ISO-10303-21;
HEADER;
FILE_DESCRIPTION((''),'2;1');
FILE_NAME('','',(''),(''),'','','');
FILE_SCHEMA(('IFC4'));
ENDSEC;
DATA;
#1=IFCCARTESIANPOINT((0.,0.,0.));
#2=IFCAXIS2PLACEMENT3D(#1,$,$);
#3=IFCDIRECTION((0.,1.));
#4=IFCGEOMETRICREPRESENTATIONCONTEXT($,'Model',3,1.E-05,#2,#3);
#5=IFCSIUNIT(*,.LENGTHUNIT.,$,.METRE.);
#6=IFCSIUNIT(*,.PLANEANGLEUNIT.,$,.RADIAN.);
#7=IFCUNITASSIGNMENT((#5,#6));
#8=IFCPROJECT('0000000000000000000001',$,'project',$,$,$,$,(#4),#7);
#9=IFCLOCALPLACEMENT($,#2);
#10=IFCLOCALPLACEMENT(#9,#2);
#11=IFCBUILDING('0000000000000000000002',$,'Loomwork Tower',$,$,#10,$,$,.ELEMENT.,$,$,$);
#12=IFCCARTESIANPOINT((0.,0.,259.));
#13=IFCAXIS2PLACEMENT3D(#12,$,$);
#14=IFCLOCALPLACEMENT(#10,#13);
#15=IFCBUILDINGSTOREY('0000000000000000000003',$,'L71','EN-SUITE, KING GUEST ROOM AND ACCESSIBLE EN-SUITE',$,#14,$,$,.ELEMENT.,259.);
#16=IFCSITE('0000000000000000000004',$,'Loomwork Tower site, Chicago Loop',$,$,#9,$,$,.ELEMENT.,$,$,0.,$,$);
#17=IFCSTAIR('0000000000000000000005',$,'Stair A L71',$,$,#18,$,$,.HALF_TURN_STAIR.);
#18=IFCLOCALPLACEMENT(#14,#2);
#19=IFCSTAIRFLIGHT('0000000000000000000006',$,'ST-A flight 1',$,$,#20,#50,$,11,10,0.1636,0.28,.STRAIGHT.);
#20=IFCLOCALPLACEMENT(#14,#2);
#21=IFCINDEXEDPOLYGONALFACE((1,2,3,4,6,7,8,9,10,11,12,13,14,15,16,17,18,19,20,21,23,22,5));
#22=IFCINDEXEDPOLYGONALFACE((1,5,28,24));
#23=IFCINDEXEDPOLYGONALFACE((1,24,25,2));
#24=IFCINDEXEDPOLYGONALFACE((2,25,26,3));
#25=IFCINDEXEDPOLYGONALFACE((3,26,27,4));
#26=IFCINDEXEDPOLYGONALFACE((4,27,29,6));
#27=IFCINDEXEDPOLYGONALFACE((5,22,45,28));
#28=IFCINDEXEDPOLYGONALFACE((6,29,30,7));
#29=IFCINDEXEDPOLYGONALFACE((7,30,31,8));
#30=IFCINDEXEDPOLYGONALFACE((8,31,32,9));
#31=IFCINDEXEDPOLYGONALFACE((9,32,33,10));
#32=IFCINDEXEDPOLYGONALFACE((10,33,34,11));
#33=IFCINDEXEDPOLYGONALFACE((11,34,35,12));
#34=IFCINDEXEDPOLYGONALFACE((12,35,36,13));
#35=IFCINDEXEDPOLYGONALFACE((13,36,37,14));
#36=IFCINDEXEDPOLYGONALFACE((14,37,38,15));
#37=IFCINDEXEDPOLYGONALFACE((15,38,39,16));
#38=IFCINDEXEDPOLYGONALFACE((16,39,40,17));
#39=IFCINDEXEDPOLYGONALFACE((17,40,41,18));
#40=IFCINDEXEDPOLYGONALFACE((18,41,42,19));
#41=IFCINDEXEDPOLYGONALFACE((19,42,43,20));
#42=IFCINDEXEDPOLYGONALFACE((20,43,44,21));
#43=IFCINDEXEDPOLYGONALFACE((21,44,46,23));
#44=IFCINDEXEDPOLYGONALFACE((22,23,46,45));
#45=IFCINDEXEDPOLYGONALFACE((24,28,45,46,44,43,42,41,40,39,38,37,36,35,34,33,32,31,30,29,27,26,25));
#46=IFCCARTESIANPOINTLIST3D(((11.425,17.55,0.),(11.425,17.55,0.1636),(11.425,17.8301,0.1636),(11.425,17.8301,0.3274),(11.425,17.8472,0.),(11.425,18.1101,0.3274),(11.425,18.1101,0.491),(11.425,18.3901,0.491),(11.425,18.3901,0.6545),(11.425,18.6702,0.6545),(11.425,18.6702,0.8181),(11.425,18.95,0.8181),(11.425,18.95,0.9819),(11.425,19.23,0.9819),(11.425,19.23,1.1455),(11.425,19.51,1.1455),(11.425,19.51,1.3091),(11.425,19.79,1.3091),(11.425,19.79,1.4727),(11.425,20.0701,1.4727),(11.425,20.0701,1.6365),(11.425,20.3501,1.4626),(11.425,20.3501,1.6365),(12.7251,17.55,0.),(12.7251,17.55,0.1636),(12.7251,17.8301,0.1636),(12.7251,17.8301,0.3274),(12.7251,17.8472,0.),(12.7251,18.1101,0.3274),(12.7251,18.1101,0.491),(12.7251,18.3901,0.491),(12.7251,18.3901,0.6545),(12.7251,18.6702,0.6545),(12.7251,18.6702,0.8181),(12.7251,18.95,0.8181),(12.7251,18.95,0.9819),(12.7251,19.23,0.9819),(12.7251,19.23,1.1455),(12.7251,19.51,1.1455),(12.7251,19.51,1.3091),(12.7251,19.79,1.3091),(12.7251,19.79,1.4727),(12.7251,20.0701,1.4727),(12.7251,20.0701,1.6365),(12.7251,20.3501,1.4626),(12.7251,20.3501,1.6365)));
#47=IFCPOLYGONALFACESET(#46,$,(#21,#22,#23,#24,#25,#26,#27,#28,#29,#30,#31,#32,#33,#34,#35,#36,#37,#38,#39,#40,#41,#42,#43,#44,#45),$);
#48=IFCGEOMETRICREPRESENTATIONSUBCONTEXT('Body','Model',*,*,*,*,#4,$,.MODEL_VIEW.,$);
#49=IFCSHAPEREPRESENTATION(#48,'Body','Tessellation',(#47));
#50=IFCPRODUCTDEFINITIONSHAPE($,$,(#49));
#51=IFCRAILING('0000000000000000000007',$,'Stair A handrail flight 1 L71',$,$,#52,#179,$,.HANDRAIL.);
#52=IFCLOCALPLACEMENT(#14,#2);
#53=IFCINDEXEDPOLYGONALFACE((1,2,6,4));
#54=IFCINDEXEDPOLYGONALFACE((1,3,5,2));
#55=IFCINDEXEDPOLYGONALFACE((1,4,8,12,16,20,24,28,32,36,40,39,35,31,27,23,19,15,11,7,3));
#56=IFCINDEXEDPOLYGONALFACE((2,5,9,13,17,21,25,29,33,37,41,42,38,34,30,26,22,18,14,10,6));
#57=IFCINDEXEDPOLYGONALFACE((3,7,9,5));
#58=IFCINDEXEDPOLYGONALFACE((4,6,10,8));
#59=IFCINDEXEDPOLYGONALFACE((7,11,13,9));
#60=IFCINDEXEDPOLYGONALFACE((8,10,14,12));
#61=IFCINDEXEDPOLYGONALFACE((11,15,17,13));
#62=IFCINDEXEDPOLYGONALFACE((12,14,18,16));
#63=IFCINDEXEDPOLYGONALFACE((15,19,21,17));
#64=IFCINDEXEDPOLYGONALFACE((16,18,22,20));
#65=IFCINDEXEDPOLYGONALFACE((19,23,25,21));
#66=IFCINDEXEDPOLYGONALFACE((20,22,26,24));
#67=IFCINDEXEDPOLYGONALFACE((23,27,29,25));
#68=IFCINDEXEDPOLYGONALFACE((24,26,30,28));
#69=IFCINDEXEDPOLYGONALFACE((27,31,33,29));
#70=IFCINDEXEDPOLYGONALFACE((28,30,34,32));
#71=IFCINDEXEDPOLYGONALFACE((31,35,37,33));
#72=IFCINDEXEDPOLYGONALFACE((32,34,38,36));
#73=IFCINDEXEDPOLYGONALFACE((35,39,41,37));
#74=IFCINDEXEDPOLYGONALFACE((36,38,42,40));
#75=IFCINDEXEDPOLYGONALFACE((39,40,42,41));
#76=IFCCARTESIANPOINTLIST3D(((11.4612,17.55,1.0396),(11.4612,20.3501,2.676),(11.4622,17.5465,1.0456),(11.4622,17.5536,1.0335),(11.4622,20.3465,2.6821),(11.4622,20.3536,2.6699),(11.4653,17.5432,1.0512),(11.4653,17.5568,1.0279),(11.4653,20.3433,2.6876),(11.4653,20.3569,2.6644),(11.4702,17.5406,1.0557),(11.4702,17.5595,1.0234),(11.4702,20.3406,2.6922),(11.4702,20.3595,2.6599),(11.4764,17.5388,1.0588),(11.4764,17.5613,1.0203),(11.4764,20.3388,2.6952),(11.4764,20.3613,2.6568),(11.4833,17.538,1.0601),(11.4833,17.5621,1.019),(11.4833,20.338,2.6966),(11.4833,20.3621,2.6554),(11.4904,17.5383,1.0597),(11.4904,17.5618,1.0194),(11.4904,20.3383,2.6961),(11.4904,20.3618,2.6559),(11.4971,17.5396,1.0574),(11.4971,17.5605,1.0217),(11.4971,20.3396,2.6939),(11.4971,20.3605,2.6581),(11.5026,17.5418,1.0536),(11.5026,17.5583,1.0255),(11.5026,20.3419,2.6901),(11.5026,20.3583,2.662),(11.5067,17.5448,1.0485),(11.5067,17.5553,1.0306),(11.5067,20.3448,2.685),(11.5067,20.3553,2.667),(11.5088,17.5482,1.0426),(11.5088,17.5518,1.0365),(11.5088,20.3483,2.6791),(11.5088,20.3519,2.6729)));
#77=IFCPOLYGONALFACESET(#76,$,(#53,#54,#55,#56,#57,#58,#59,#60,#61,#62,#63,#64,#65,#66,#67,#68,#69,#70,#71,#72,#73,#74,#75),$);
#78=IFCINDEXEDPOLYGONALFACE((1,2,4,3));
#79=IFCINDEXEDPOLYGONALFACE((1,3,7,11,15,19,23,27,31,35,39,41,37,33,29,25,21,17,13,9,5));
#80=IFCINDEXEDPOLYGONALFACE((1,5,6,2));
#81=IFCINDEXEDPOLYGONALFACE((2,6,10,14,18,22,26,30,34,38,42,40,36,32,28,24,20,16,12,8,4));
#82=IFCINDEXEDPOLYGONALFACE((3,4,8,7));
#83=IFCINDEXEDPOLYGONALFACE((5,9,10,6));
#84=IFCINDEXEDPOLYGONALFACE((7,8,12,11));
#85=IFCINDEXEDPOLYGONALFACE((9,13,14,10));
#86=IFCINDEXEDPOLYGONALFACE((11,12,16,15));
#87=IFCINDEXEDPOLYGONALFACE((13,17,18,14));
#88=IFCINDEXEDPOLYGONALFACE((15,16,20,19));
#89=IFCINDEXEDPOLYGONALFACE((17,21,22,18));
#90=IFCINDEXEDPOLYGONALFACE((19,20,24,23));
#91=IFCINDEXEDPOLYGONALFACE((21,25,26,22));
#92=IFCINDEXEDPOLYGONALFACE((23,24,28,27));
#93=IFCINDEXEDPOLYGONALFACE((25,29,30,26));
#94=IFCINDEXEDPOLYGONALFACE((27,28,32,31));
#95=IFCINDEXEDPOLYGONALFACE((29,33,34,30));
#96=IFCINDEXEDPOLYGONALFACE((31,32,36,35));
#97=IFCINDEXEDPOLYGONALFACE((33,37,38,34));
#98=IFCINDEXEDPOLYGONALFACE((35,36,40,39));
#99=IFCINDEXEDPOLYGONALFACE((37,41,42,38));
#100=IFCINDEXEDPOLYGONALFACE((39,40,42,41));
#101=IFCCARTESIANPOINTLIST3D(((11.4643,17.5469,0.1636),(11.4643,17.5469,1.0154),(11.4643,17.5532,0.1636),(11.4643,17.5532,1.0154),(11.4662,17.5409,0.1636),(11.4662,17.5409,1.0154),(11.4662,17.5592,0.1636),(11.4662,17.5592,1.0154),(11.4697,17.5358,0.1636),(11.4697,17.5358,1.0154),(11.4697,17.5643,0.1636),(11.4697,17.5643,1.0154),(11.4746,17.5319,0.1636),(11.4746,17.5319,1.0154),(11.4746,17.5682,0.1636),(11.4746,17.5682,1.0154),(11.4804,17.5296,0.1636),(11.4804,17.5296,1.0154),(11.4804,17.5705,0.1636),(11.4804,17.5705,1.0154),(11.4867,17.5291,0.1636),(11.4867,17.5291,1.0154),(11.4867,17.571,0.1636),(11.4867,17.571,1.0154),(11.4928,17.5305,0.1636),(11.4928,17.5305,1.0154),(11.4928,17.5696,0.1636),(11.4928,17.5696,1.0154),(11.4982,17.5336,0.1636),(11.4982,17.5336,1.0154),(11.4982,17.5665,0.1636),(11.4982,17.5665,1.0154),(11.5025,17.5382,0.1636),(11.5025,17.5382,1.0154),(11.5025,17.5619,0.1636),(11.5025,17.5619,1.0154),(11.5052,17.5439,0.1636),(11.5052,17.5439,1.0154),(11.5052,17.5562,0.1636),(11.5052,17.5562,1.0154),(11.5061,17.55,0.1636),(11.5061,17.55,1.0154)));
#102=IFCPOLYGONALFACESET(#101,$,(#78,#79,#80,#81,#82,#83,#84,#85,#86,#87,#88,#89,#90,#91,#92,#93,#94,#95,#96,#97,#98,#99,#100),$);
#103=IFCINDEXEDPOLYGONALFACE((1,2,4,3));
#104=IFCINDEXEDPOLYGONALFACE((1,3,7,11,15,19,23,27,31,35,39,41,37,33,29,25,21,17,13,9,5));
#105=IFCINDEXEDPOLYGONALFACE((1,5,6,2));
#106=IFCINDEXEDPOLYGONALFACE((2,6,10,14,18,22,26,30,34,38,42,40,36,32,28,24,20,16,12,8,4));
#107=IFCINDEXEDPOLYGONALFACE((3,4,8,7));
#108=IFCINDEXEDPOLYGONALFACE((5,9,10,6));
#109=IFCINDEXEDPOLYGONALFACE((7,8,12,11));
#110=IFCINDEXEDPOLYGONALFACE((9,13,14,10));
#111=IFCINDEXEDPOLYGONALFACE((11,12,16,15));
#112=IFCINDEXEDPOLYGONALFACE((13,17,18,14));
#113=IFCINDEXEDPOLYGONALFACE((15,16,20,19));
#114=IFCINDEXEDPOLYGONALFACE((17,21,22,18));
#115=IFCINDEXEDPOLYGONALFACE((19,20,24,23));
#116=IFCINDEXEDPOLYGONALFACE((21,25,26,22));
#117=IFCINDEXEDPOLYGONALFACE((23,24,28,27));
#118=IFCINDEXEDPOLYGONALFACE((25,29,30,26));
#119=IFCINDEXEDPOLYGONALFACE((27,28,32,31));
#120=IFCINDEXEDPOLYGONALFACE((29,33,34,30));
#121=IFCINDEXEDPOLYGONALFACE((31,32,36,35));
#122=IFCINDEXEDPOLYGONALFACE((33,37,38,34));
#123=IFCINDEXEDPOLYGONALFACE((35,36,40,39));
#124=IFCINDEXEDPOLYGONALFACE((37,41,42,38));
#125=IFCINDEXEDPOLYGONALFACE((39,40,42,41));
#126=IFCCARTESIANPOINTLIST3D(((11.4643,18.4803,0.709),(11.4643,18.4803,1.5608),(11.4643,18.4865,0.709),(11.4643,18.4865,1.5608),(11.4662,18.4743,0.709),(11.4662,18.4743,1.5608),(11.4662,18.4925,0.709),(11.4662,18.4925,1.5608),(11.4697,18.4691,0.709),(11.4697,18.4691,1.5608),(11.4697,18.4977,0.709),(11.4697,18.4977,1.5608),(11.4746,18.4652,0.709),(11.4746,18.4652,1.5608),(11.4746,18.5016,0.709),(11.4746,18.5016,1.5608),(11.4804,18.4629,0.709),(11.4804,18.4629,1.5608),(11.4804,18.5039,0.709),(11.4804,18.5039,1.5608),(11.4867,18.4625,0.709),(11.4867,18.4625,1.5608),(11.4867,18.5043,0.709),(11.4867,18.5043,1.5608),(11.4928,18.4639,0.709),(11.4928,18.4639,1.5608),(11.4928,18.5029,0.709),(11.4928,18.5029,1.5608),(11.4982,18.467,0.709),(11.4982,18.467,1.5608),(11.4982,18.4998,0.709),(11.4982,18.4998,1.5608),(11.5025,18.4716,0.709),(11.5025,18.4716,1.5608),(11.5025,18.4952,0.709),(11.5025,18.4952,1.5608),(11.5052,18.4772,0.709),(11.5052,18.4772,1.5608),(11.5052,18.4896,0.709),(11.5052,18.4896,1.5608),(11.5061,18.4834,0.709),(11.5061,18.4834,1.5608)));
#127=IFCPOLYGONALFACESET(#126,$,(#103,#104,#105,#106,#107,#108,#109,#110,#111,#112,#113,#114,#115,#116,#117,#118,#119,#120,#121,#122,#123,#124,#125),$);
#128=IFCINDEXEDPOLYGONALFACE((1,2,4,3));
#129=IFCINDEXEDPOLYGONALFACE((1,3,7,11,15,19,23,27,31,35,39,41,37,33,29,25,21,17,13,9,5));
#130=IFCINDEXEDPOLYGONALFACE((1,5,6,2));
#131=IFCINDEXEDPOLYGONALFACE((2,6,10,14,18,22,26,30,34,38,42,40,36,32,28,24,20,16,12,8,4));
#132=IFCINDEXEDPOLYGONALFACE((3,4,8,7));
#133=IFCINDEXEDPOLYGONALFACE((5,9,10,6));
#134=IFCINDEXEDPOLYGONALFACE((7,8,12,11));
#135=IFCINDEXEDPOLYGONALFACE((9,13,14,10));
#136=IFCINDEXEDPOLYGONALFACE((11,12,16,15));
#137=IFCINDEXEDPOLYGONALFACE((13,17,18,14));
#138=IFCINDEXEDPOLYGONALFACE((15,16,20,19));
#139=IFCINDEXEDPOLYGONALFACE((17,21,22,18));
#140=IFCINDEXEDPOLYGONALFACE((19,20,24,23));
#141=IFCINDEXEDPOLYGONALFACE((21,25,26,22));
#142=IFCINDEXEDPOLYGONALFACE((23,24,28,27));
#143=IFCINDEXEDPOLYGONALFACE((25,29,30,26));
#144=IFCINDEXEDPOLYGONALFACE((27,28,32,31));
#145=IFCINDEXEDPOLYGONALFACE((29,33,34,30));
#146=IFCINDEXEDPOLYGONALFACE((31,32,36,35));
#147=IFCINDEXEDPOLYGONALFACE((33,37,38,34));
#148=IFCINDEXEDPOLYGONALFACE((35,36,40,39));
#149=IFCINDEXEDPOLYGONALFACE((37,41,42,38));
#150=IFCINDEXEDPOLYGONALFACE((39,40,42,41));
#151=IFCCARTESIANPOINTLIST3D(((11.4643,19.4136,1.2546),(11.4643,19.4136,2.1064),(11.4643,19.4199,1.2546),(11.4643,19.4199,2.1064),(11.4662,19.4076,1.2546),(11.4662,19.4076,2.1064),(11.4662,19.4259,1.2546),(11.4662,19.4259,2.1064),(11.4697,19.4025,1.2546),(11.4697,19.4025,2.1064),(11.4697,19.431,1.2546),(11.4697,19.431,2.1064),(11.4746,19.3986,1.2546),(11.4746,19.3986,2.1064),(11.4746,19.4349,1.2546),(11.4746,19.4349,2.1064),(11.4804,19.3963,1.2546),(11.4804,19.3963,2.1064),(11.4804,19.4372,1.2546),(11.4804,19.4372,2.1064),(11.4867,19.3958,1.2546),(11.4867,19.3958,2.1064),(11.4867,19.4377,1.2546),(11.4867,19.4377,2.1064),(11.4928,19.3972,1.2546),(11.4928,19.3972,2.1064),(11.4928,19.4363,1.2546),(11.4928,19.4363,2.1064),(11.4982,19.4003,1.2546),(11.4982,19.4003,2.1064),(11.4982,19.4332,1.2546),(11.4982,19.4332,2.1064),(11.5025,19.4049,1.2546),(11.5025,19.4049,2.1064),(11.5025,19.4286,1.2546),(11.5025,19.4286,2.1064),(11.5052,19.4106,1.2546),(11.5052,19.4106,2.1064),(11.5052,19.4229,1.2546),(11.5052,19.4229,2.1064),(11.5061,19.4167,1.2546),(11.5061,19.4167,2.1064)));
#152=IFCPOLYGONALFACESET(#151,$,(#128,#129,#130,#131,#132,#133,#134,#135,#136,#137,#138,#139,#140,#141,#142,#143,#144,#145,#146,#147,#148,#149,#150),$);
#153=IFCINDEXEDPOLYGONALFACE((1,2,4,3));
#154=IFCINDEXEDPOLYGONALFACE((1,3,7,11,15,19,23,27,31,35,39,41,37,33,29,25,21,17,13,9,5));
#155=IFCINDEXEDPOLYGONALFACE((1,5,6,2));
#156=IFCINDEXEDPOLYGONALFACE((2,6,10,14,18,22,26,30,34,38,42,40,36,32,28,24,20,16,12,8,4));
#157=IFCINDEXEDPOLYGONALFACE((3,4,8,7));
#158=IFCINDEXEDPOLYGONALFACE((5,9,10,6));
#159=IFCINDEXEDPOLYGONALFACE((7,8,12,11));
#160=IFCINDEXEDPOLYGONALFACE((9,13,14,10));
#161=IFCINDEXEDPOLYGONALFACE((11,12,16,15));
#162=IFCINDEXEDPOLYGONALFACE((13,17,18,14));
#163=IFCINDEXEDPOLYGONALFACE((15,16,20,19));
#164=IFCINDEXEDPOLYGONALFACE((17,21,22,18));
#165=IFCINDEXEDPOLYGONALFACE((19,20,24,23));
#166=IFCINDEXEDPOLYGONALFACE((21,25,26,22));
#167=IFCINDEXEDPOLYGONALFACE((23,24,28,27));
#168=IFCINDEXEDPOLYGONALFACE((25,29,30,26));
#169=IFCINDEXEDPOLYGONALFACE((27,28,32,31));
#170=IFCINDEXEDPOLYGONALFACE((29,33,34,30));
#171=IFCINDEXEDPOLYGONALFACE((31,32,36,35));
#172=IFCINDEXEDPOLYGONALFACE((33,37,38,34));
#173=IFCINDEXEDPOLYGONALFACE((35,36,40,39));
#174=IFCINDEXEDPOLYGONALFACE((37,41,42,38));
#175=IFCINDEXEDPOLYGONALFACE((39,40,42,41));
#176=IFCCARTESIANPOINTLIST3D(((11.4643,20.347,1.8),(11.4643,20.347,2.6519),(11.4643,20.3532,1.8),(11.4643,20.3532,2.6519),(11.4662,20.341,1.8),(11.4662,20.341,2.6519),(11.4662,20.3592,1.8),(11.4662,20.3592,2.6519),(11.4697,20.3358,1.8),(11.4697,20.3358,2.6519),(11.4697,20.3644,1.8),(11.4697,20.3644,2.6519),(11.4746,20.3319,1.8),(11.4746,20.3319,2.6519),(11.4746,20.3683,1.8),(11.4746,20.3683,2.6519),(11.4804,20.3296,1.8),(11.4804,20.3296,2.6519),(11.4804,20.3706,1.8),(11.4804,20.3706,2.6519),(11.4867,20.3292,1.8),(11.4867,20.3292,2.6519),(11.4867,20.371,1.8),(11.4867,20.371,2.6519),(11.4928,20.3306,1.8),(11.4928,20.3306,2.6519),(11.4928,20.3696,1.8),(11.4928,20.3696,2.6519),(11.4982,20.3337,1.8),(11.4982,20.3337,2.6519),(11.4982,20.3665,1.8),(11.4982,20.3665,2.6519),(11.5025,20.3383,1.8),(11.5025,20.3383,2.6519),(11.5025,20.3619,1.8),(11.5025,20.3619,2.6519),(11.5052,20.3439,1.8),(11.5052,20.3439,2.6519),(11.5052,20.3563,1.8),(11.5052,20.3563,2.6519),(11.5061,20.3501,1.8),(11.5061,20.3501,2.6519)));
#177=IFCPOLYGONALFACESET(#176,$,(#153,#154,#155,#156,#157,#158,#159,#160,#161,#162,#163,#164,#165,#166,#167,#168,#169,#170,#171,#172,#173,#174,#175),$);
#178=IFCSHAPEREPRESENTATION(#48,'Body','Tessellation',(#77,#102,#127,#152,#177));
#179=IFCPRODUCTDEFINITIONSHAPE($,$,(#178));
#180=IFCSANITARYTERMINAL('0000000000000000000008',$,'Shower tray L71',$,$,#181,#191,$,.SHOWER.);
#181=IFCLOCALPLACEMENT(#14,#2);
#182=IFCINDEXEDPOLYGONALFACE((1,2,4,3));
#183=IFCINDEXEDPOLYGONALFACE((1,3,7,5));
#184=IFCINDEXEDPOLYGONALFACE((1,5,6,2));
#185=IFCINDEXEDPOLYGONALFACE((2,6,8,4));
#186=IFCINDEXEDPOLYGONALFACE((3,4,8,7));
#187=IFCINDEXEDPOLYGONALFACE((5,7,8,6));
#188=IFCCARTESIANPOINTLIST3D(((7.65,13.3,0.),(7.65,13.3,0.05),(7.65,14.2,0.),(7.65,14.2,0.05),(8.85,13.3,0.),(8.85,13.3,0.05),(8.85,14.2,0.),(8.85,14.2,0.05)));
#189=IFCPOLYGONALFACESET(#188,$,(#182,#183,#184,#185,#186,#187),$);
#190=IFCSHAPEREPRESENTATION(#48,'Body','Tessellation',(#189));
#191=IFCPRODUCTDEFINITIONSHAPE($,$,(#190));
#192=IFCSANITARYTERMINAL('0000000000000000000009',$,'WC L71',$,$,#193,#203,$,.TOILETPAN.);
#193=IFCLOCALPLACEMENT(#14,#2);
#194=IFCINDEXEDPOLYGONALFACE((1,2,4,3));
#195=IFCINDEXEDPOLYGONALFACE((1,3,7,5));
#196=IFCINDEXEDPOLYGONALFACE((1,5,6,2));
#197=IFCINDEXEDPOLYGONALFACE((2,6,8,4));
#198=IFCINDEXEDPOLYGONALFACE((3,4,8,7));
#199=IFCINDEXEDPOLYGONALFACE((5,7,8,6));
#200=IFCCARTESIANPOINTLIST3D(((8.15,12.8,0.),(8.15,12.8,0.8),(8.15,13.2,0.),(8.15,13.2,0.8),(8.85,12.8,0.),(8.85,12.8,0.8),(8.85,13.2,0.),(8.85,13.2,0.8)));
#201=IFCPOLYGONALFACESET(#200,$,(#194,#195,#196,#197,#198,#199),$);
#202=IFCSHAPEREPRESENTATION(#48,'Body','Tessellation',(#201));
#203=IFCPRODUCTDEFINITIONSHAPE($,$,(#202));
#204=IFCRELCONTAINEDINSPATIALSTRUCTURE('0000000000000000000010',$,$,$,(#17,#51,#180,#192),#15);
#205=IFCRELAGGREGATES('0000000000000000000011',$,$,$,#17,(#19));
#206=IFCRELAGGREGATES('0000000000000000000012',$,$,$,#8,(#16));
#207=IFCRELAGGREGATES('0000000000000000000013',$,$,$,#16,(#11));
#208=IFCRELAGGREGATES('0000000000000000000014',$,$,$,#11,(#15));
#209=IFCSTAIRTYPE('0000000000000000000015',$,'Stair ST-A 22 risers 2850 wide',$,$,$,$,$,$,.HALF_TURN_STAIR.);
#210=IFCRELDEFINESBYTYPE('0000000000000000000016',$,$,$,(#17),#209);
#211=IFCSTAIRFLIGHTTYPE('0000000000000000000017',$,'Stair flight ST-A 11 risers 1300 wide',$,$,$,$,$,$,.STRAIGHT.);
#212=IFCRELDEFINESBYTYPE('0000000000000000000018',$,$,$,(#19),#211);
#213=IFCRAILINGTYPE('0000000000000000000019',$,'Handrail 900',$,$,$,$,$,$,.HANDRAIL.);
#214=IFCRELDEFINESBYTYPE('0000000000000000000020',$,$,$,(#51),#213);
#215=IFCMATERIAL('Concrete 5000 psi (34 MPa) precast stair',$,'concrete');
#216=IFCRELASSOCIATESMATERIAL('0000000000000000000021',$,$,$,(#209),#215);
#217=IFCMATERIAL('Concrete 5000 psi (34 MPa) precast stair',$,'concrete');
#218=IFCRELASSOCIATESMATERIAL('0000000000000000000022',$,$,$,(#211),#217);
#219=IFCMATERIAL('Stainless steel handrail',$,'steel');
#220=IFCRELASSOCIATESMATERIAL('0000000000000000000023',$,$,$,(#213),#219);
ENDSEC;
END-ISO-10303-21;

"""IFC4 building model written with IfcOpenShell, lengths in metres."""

from ifc_helpers import new_model, si_unit, direction, frame, origin, origin_2d, place, context, subcontext, project, spatial, polyline, rectangle, circle, outline, extrude, material, type_object, element, aggregate, save


model = new_model("IFC4")

# Units and contexts
model_context = context("Model", 3, precision=1e-05, world=origin(), true_north=direction((0.0, 1.0)))
body_context = subcontext(model_context, "Body", "Model", "MODEL_VIEW")
ifc_project = project(units=[si_unit("LENGTHUNIT", "METRE"), si_unit("PLANEANGLEUNIT", "RADIAN")], contexts=[model_context])

# Site, building, storey
site_placement = place(None, origin())
site = spatial("IfcSite", under=ifc_project, at=site_placement, Name="Loomwork Tower site, Chicago Loop", CompositionType="ELEMENT", RefElevation=0.0)
building_placement = place(site_placement, origin())
building = spatial("IfcBuilding", under=site, at=building_placement, Name="Loomwork Tower", CompositionType="ELEMENT")
storey_placement = place(building_placement, frame((0.0, 0.0, 259.0)))
storey = spatial("IfcBuildingStorey", under=building, at=storey_placement, Name="L71", Description="EN-SUITE, KING GUEST ROOM AND ACCESSIBLE EN-SUITE", CompositionType="ELEMENT", Elevation=259.0)

# Stair, stair flight
ifc_material_1 = material(Name="Concrete 5000 psi (34 MPa) precast stair", Category="concrete")
stair_type = type_object("IfcStairType", Name="Stair ST-A 22 risers 2850 wide", PredefinedType="HALF_TURN_STAIR", material=ifc_material_1)
stair_placement = place(storey_placement, origin())
stair = element("IfcStair", 1, at=stair_placement, inside=storey, type_object=stair_type, Name="Stair A L71", PredefinedType="HALF_TURN_STAIR")
ifc_material_2 = material(Name="Concrete 5000 psi (34 MPa) precast stair", Category="concrete")
stair_flight_type = type_object("IfcStairFlightType", Name="Stair flight ST-A 11 risers 1300 wide", PredefinedType="STRAIGHT", material=ifc_material_2)
stair_flight_placement = place(storey_placement, frame((12.075, 17.55, 0.0), z_axis=(0.0, 0.0, 1.0), x_axis=(0.0, 1.0, 0.0)))
stair_flight = element("IfcStairFlight", 2, at=stair_flight_placement, type_object=stair_flight_type, Name="ST-A flight 1", NumberOfRisers=11, NumberOfTreads=10, PredefinedType="STRAIGHT", RiserHeight=0.1636, TreadLength=0.28, context=body_context, shape_type="SweptSolid", body=[
    extrude(outline(polyline([(0.0, 0.0), (0.0, 0.1636), (0.28, 0.1636), (0.28, 0.3274), (0.5601, 0.3274), (0.5601, 0.491), (0.8401, 0.491), (0.8401, 0.6545), (1.1201, 0.6545), (1.1201, 0.8181), (1.3999, 0.8181), (1.3999, 0.9819), (1.6799, 0.9819), (1.6799, 1.1455), (1.96, 1.1455), (1.96, 1.3091), (2.24, 1.3091), (2.24, 1.4727), (2.52, 1.4727), (2.52, 1.6365), (2.8, 1.6365), (2.8, 1.8), (2.8, 1.4626), (0.2971, 0.0), (0.0, 0.0)])), frame((0.0, 0.6499, 0.0), z_axis=(0.0, -1.0, 0.0), x_axis=(1.0, 0.0, 0.0)), (0.0, 0.0, 1.0), 1.3),
])
aggregate(stair, [stair_flight])

# Railing
ifc_material_3 = material(Name="Stainless steel handrail", Category="steel")
railing_type = type_object("IfcRailingType", Name="Handrail 900", PredefinedType="HANDRAIL", material=ifc_material_3)
railing_placement = place(storey_placement, frame((11.4851, 17.55, 0.1636)))
element("IfcRailing", 3, at=railing_placement, inside=storey, type_object=railing_type, Name="Stair A handrail flight 1 L71", PredefinedType="HANDRAIL", context=body_context, shape_type="SweptSolid", body=[
    extrude(circle(Radius=0.0239, at=origin_2d()), frame((0.0, 0.0, 0.876), z_axis=(0.0, 0.863361, 0.504587), x_axis=(-1.0, 0.0, 0.0)), (0.0, 0.0, 1.0), 3.2432),
    extrude(circle(Radius=0.021, at=origin_2d()), origin(), (0.0, 0.0, 1.0), 0.8518),
    extrude(circle(Radius=0.021, at=origin_2d()), frame((0.0, 0.9333, 0.5454)), (0.0, 0.0, 1.0), 0.8518),
    extrude(circle(Radius=0.021, at=origin_2d()), frame((0.0, 1.8667, 1.0911)), (0.0, 0.0, 1.0), 0.8518),
    extrude(circle(Radius=0.021, at=origin_2d()), frame((0.0, 2.8, 1.6365)), (0.0, 0.0, 1.0), 0.8518),
])

# Sanitary terminals
sanitary_terminal_1_placement = place(storey_placement, frame((8.25, 13.75, 0.0), z_axis=(0.0, 0.0, 1.0), x_axis=(1.0, 0.0, 0.0)))
element("IfcSanitaryTerminal", 4, at=sanitary_terminal_1_placement, inside=storey, Name="Shower tray L71", PredefinedType="SHOWER", context=body_context, shape_type="SweptSolid", body=[
    extrude(rectangle(XDim=1.2, YDim=0.8999, at=origin_2d()), origin(), (0.0, 0.0, 1.0), 0.05),
])
sanitary_terminal_2_placement = place(storey_placement, frame((8.5, 13.0, 0.0), z_axis=(0.0, 0.0, 1.0), x_axis=(1.0, 0.0, 0.0)))
element("IfcSanitaryTerminal", 5, at=sanitary_terminal_2_placement, inside=storey, Name="WC L71", PredefinedType="TOILETPAN", context=body_context, shape_type="SweptSolid", body=[
    extrude(rectangle(XDim=0.7, YDim=0.3999, at=origin_2d()), origin(), (0.0, 0.0, 1.0), 0.8),
])

save(model, "model.ifc")
